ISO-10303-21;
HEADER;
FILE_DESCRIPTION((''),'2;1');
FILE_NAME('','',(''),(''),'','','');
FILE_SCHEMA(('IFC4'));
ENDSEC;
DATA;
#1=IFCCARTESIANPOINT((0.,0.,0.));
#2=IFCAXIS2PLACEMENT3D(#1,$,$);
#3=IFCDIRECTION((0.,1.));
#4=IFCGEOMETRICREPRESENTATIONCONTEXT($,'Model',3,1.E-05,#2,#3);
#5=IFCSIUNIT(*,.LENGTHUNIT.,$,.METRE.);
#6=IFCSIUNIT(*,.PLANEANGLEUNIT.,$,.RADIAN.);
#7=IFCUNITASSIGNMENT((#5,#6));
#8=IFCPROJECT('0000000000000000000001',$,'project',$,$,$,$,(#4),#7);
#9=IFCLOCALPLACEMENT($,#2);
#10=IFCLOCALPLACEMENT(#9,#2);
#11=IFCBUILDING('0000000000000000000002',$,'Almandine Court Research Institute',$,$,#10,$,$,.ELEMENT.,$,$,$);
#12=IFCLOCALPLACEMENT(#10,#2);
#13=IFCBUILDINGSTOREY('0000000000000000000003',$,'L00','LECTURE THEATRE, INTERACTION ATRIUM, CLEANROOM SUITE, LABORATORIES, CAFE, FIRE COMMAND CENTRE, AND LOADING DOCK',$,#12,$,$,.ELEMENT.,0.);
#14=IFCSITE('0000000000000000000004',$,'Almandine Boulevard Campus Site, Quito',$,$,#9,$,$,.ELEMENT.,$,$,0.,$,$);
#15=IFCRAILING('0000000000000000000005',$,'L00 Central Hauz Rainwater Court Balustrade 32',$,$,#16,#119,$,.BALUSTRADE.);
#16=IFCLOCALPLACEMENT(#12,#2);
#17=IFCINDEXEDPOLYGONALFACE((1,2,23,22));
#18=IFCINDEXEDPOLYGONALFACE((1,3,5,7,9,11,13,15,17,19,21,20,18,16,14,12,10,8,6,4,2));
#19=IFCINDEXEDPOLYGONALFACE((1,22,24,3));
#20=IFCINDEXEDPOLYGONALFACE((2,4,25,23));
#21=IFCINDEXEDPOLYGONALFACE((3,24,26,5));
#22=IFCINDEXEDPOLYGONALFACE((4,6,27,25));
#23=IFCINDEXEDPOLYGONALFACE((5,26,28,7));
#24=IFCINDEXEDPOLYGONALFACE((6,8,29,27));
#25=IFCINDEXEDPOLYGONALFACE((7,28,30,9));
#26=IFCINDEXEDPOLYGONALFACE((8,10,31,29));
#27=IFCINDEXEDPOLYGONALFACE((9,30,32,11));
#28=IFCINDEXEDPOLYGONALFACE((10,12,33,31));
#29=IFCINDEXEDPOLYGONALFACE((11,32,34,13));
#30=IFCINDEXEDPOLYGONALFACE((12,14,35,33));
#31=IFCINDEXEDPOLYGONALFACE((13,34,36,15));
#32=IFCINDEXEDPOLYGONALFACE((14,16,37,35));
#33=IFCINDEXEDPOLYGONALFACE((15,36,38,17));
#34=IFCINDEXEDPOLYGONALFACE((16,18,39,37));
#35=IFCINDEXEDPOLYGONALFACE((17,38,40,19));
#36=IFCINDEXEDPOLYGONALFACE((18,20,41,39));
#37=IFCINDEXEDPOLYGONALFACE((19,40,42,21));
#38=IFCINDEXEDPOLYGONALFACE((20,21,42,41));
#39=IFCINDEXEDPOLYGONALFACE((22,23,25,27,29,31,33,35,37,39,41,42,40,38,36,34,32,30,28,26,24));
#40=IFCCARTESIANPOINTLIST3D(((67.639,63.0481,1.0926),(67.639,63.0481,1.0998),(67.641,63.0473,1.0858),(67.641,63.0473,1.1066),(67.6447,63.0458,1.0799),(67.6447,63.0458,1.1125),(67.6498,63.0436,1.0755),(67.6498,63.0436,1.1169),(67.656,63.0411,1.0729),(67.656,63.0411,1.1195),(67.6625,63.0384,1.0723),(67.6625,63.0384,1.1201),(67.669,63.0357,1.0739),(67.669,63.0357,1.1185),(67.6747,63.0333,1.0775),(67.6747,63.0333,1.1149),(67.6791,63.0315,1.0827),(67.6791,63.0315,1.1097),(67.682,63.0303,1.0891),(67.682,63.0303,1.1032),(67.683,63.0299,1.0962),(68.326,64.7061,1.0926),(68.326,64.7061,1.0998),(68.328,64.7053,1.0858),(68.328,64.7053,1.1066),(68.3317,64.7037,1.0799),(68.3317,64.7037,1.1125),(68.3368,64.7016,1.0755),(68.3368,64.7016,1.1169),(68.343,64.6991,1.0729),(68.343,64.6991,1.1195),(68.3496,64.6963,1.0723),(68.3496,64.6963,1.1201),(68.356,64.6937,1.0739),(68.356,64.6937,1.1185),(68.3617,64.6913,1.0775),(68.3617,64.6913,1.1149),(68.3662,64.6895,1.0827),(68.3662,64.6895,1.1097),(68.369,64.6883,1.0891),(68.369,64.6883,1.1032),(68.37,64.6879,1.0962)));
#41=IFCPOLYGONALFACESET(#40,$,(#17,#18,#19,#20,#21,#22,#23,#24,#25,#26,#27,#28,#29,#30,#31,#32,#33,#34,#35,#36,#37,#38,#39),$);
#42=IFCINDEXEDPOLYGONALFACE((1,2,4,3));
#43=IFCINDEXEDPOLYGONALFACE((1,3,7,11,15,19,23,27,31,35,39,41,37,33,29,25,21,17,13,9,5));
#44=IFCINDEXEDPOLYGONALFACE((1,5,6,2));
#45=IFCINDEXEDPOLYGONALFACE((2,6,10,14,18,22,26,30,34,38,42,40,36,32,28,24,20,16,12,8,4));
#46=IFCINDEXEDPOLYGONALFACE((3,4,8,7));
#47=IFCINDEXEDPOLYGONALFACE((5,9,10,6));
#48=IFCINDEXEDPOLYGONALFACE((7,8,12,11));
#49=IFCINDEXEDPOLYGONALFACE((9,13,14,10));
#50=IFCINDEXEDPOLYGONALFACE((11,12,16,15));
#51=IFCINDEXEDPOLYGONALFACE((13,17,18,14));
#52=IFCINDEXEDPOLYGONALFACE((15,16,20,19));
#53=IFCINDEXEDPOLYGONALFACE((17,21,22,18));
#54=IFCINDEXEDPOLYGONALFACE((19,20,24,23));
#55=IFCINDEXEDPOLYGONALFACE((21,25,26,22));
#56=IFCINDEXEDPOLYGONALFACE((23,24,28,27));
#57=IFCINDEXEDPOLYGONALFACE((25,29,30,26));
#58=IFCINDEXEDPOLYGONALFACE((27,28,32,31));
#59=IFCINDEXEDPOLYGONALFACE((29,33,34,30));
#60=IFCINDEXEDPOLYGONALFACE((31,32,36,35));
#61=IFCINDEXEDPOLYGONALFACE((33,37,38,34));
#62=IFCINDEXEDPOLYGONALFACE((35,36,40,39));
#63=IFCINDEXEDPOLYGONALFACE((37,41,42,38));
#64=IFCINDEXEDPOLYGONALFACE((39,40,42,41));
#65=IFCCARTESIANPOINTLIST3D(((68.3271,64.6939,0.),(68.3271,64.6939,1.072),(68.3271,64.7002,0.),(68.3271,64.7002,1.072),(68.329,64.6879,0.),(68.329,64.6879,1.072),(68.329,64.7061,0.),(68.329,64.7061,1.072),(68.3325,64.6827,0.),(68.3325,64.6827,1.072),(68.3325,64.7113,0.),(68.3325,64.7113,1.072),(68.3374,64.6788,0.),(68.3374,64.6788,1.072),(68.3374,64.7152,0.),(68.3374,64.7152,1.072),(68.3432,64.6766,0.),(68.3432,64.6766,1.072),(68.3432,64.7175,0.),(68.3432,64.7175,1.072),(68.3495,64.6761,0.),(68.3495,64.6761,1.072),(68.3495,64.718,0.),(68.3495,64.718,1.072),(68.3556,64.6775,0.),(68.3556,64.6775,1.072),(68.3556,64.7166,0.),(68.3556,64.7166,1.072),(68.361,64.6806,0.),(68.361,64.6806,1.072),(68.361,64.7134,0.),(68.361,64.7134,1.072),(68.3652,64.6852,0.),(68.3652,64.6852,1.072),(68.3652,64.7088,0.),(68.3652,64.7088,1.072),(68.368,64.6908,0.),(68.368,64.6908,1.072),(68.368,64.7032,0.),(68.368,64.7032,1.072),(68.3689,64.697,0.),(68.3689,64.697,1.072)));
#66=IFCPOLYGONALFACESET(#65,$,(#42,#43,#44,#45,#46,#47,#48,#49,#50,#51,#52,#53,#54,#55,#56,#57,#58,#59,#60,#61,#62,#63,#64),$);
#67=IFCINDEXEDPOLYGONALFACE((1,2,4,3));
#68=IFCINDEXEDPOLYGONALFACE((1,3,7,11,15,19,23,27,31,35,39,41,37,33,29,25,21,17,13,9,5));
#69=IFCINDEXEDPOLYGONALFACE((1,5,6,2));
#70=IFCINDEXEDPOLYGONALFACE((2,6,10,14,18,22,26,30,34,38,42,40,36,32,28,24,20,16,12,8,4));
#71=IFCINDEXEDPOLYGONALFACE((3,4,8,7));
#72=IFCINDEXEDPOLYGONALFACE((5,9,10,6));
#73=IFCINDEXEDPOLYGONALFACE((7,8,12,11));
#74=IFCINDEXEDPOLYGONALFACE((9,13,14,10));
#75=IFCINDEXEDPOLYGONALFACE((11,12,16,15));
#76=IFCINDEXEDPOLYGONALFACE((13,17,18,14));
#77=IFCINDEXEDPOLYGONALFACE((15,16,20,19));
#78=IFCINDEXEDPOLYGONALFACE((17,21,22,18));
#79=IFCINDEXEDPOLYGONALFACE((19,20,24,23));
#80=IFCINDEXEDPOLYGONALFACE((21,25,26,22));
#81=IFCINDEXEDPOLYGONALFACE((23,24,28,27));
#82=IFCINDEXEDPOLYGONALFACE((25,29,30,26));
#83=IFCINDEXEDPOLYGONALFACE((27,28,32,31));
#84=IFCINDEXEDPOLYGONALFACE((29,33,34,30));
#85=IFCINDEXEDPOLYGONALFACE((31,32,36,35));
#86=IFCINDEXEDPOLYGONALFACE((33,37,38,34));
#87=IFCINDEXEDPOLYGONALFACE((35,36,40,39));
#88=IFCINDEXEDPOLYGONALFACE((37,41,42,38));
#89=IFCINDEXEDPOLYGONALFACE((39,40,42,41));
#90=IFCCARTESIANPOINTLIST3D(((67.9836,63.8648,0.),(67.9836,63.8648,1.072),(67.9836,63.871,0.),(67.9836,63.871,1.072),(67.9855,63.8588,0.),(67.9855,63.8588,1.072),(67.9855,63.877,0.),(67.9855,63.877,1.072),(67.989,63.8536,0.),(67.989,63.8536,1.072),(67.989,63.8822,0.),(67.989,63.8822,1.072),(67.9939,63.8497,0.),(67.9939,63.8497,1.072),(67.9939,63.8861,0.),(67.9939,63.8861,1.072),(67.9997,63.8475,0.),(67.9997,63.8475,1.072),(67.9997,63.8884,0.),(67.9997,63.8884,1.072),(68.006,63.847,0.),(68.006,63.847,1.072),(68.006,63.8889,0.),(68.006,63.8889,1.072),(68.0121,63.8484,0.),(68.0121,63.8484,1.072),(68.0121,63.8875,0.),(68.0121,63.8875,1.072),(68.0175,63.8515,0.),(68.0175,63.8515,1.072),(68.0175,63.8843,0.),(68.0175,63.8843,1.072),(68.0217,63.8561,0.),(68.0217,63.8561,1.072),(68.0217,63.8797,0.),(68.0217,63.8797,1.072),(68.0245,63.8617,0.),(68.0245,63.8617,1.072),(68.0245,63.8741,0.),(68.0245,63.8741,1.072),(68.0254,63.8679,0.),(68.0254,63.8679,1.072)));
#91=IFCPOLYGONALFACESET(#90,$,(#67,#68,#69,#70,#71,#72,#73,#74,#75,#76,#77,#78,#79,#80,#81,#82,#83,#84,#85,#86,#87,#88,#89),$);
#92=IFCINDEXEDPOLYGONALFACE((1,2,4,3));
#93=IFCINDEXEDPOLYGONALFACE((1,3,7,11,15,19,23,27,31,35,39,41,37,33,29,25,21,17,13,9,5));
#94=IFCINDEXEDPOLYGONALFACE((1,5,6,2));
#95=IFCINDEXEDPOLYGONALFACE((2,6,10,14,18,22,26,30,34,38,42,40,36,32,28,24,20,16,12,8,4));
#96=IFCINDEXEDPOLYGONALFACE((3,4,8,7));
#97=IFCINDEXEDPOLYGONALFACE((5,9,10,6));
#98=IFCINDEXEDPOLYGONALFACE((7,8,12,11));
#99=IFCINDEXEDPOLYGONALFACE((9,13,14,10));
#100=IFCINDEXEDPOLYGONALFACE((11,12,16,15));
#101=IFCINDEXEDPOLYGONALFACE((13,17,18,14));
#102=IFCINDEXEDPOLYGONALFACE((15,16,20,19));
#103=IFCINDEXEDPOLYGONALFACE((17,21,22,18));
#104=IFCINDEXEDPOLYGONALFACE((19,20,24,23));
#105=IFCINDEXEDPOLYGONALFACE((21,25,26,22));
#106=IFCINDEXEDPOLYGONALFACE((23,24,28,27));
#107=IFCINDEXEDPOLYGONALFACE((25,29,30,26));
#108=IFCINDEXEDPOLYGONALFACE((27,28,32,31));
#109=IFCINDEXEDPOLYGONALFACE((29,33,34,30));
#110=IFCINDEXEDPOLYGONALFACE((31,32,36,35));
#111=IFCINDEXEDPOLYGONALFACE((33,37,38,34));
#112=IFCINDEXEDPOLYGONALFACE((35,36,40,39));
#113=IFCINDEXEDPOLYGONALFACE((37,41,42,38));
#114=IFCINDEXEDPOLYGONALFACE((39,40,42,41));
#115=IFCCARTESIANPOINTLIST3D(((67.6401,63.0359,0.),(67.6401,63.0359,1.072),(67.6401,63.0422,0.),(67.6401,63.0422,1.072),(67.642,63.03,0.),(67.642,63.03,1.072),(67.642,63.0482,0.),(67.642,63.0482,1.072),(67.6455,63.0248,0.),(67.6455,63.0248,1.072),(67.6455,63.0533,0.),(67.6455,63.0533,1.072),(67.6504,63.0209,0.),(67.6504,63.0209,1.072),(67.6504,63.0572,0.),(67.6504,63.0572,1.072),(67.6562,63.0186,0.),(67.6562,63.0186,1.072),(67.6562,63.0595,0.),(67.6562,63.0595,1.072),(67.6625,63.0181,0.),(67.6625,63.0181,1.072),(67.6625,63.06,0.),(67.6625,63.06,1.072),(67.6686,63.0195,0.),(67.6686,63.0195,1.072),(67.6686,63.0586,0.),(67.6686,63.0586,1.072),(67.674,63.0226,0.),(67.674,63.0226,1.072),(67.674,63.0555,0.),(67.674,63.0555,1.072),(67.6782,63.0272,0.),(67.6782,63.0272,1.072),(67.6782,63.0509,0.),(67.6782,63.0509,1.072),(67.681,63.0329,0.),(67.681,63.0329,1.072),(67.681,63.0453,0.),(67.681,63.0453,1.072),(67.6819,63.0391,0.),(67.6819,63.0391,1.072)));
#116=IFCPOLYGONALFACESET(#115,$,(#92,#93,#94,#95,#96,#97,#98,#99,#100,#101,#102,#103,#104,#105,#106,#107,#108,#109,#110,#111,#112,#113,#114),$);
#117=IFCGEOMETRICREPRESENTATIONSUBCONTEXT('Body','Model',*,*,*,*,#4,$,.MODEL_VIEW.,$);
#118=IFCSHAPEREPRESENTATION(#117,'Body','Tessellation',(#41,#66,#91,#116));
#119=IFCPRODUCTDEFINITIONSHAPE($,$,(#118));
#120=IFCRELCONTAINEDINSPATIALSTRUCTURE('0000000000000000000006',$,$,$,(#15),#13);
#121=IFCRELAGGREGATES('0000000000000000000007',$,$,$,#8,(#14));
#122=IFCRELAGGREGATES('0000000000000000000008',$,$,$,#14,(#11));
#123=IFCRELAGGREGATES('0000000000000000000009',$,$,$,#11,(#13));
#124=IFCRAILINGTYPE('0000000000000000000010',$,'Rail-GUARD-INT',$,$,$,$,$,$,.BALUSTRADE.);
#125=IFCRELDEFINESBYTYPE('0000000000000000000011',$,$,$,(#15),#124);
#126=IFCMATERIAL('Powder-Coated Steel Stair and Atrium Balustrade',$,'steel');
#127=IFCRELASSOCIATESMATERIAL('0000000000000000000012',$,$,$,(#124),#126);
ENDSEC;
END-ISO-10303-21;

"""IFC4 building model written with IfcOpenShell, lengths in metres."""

from ifc_helpers import new_model, si_unit, direction, frame, origin, origin_2d, place, context, subcontext, project, spatial, circle, extrude, material, type_object, element, save


model = new_model("IFC4")

# Units and contexts
model_context = context("Model", 3, precision=1e-05, world=origin(), true_north=direction((0.0, 1.0)))
body_context = subcontext(model_context, "Body", "Model", "MODEL_VIEW")
ifc_project = project(units=[si_unit("LENGTHUNIT", "METRE"), si_unit("PLANEANGLEUNIT", "RADIAN")], contexts=[model_context])

# Site, building, storey
site_placement = place(None, origin())
site = spatial("IfcSite", under=ifc_project, at=site_placement, Name="Almandine Boulevard Campus Site, Quito", CompositionType="ELEMENT", RefElevation=0.0)
building_placement = place(site_placement, origin())
building = spatial("IfcBuilding", under=site, at=building_placement, Name="Almandine Court Research Institute", CompositionType="ELEMENT")
storey_placement = place(building_placement, origin())
storey = spatial("IfcBuildingStorey", under=building, at=storey_placement, Name="L00", Description="LECTURE THEATRE, INTERACTION ATRIUM, CLEANROOM SUITE, LABORATORIES, CAFE, FIRE COMMAND CENTRE, AND LOADING DOCK", CompositionType="ELEMENT", Elevation=0.0)

# Railing
ifc_material_1 = material(Name="Powder-Coated Steel Stair and Atrium Balustrade", Category="steel")
railing_type = type_object("IfcRailingType", Name="Rail-GUARD-INT", PredefinedType="BALUSTRADE", material=ifc_material_1)
railing_1_placement = place(storey_placement, frame((68.3479, 64.697, 0.0)))
element("IfcRailing", 1, at=railing_1_placement, inside=storey, type_object=railing_type, Name="L00 Central Hauz Rainwater Court Balustrade 32", PredefinedType="BALUSTRADE", context=body_context, shape_type="SweptSolid", body=[
    extrude(circle(Radius=0.0239, at=origin_2d()), frame((0.0, 0.0, 1.0962), z_axis=(-0.382808, -0.923828, 0.0), x_axis=(0.923828, -0.382808, 0.0)), (0.0, 0.0, 1.0), 1.7947),
    extrude(circle(Radius=0.021, at=origin_2d()), origin(), (0.0, 0.0, 1.0), 1.072),
    extrude(circle(Radius=0.021, at=origin_2d()), frame((-0.3435, -0.8291, 0.0)), (0.0, 0.0, 1.0), 1.072),
    extrude(circle(Radius=0.021, at=origin_2d()), frame((-0.687, -1.658, 0.0)), (0.0, 0.0, 1.0), 1.072),
])

save(model, "model.ifc")
